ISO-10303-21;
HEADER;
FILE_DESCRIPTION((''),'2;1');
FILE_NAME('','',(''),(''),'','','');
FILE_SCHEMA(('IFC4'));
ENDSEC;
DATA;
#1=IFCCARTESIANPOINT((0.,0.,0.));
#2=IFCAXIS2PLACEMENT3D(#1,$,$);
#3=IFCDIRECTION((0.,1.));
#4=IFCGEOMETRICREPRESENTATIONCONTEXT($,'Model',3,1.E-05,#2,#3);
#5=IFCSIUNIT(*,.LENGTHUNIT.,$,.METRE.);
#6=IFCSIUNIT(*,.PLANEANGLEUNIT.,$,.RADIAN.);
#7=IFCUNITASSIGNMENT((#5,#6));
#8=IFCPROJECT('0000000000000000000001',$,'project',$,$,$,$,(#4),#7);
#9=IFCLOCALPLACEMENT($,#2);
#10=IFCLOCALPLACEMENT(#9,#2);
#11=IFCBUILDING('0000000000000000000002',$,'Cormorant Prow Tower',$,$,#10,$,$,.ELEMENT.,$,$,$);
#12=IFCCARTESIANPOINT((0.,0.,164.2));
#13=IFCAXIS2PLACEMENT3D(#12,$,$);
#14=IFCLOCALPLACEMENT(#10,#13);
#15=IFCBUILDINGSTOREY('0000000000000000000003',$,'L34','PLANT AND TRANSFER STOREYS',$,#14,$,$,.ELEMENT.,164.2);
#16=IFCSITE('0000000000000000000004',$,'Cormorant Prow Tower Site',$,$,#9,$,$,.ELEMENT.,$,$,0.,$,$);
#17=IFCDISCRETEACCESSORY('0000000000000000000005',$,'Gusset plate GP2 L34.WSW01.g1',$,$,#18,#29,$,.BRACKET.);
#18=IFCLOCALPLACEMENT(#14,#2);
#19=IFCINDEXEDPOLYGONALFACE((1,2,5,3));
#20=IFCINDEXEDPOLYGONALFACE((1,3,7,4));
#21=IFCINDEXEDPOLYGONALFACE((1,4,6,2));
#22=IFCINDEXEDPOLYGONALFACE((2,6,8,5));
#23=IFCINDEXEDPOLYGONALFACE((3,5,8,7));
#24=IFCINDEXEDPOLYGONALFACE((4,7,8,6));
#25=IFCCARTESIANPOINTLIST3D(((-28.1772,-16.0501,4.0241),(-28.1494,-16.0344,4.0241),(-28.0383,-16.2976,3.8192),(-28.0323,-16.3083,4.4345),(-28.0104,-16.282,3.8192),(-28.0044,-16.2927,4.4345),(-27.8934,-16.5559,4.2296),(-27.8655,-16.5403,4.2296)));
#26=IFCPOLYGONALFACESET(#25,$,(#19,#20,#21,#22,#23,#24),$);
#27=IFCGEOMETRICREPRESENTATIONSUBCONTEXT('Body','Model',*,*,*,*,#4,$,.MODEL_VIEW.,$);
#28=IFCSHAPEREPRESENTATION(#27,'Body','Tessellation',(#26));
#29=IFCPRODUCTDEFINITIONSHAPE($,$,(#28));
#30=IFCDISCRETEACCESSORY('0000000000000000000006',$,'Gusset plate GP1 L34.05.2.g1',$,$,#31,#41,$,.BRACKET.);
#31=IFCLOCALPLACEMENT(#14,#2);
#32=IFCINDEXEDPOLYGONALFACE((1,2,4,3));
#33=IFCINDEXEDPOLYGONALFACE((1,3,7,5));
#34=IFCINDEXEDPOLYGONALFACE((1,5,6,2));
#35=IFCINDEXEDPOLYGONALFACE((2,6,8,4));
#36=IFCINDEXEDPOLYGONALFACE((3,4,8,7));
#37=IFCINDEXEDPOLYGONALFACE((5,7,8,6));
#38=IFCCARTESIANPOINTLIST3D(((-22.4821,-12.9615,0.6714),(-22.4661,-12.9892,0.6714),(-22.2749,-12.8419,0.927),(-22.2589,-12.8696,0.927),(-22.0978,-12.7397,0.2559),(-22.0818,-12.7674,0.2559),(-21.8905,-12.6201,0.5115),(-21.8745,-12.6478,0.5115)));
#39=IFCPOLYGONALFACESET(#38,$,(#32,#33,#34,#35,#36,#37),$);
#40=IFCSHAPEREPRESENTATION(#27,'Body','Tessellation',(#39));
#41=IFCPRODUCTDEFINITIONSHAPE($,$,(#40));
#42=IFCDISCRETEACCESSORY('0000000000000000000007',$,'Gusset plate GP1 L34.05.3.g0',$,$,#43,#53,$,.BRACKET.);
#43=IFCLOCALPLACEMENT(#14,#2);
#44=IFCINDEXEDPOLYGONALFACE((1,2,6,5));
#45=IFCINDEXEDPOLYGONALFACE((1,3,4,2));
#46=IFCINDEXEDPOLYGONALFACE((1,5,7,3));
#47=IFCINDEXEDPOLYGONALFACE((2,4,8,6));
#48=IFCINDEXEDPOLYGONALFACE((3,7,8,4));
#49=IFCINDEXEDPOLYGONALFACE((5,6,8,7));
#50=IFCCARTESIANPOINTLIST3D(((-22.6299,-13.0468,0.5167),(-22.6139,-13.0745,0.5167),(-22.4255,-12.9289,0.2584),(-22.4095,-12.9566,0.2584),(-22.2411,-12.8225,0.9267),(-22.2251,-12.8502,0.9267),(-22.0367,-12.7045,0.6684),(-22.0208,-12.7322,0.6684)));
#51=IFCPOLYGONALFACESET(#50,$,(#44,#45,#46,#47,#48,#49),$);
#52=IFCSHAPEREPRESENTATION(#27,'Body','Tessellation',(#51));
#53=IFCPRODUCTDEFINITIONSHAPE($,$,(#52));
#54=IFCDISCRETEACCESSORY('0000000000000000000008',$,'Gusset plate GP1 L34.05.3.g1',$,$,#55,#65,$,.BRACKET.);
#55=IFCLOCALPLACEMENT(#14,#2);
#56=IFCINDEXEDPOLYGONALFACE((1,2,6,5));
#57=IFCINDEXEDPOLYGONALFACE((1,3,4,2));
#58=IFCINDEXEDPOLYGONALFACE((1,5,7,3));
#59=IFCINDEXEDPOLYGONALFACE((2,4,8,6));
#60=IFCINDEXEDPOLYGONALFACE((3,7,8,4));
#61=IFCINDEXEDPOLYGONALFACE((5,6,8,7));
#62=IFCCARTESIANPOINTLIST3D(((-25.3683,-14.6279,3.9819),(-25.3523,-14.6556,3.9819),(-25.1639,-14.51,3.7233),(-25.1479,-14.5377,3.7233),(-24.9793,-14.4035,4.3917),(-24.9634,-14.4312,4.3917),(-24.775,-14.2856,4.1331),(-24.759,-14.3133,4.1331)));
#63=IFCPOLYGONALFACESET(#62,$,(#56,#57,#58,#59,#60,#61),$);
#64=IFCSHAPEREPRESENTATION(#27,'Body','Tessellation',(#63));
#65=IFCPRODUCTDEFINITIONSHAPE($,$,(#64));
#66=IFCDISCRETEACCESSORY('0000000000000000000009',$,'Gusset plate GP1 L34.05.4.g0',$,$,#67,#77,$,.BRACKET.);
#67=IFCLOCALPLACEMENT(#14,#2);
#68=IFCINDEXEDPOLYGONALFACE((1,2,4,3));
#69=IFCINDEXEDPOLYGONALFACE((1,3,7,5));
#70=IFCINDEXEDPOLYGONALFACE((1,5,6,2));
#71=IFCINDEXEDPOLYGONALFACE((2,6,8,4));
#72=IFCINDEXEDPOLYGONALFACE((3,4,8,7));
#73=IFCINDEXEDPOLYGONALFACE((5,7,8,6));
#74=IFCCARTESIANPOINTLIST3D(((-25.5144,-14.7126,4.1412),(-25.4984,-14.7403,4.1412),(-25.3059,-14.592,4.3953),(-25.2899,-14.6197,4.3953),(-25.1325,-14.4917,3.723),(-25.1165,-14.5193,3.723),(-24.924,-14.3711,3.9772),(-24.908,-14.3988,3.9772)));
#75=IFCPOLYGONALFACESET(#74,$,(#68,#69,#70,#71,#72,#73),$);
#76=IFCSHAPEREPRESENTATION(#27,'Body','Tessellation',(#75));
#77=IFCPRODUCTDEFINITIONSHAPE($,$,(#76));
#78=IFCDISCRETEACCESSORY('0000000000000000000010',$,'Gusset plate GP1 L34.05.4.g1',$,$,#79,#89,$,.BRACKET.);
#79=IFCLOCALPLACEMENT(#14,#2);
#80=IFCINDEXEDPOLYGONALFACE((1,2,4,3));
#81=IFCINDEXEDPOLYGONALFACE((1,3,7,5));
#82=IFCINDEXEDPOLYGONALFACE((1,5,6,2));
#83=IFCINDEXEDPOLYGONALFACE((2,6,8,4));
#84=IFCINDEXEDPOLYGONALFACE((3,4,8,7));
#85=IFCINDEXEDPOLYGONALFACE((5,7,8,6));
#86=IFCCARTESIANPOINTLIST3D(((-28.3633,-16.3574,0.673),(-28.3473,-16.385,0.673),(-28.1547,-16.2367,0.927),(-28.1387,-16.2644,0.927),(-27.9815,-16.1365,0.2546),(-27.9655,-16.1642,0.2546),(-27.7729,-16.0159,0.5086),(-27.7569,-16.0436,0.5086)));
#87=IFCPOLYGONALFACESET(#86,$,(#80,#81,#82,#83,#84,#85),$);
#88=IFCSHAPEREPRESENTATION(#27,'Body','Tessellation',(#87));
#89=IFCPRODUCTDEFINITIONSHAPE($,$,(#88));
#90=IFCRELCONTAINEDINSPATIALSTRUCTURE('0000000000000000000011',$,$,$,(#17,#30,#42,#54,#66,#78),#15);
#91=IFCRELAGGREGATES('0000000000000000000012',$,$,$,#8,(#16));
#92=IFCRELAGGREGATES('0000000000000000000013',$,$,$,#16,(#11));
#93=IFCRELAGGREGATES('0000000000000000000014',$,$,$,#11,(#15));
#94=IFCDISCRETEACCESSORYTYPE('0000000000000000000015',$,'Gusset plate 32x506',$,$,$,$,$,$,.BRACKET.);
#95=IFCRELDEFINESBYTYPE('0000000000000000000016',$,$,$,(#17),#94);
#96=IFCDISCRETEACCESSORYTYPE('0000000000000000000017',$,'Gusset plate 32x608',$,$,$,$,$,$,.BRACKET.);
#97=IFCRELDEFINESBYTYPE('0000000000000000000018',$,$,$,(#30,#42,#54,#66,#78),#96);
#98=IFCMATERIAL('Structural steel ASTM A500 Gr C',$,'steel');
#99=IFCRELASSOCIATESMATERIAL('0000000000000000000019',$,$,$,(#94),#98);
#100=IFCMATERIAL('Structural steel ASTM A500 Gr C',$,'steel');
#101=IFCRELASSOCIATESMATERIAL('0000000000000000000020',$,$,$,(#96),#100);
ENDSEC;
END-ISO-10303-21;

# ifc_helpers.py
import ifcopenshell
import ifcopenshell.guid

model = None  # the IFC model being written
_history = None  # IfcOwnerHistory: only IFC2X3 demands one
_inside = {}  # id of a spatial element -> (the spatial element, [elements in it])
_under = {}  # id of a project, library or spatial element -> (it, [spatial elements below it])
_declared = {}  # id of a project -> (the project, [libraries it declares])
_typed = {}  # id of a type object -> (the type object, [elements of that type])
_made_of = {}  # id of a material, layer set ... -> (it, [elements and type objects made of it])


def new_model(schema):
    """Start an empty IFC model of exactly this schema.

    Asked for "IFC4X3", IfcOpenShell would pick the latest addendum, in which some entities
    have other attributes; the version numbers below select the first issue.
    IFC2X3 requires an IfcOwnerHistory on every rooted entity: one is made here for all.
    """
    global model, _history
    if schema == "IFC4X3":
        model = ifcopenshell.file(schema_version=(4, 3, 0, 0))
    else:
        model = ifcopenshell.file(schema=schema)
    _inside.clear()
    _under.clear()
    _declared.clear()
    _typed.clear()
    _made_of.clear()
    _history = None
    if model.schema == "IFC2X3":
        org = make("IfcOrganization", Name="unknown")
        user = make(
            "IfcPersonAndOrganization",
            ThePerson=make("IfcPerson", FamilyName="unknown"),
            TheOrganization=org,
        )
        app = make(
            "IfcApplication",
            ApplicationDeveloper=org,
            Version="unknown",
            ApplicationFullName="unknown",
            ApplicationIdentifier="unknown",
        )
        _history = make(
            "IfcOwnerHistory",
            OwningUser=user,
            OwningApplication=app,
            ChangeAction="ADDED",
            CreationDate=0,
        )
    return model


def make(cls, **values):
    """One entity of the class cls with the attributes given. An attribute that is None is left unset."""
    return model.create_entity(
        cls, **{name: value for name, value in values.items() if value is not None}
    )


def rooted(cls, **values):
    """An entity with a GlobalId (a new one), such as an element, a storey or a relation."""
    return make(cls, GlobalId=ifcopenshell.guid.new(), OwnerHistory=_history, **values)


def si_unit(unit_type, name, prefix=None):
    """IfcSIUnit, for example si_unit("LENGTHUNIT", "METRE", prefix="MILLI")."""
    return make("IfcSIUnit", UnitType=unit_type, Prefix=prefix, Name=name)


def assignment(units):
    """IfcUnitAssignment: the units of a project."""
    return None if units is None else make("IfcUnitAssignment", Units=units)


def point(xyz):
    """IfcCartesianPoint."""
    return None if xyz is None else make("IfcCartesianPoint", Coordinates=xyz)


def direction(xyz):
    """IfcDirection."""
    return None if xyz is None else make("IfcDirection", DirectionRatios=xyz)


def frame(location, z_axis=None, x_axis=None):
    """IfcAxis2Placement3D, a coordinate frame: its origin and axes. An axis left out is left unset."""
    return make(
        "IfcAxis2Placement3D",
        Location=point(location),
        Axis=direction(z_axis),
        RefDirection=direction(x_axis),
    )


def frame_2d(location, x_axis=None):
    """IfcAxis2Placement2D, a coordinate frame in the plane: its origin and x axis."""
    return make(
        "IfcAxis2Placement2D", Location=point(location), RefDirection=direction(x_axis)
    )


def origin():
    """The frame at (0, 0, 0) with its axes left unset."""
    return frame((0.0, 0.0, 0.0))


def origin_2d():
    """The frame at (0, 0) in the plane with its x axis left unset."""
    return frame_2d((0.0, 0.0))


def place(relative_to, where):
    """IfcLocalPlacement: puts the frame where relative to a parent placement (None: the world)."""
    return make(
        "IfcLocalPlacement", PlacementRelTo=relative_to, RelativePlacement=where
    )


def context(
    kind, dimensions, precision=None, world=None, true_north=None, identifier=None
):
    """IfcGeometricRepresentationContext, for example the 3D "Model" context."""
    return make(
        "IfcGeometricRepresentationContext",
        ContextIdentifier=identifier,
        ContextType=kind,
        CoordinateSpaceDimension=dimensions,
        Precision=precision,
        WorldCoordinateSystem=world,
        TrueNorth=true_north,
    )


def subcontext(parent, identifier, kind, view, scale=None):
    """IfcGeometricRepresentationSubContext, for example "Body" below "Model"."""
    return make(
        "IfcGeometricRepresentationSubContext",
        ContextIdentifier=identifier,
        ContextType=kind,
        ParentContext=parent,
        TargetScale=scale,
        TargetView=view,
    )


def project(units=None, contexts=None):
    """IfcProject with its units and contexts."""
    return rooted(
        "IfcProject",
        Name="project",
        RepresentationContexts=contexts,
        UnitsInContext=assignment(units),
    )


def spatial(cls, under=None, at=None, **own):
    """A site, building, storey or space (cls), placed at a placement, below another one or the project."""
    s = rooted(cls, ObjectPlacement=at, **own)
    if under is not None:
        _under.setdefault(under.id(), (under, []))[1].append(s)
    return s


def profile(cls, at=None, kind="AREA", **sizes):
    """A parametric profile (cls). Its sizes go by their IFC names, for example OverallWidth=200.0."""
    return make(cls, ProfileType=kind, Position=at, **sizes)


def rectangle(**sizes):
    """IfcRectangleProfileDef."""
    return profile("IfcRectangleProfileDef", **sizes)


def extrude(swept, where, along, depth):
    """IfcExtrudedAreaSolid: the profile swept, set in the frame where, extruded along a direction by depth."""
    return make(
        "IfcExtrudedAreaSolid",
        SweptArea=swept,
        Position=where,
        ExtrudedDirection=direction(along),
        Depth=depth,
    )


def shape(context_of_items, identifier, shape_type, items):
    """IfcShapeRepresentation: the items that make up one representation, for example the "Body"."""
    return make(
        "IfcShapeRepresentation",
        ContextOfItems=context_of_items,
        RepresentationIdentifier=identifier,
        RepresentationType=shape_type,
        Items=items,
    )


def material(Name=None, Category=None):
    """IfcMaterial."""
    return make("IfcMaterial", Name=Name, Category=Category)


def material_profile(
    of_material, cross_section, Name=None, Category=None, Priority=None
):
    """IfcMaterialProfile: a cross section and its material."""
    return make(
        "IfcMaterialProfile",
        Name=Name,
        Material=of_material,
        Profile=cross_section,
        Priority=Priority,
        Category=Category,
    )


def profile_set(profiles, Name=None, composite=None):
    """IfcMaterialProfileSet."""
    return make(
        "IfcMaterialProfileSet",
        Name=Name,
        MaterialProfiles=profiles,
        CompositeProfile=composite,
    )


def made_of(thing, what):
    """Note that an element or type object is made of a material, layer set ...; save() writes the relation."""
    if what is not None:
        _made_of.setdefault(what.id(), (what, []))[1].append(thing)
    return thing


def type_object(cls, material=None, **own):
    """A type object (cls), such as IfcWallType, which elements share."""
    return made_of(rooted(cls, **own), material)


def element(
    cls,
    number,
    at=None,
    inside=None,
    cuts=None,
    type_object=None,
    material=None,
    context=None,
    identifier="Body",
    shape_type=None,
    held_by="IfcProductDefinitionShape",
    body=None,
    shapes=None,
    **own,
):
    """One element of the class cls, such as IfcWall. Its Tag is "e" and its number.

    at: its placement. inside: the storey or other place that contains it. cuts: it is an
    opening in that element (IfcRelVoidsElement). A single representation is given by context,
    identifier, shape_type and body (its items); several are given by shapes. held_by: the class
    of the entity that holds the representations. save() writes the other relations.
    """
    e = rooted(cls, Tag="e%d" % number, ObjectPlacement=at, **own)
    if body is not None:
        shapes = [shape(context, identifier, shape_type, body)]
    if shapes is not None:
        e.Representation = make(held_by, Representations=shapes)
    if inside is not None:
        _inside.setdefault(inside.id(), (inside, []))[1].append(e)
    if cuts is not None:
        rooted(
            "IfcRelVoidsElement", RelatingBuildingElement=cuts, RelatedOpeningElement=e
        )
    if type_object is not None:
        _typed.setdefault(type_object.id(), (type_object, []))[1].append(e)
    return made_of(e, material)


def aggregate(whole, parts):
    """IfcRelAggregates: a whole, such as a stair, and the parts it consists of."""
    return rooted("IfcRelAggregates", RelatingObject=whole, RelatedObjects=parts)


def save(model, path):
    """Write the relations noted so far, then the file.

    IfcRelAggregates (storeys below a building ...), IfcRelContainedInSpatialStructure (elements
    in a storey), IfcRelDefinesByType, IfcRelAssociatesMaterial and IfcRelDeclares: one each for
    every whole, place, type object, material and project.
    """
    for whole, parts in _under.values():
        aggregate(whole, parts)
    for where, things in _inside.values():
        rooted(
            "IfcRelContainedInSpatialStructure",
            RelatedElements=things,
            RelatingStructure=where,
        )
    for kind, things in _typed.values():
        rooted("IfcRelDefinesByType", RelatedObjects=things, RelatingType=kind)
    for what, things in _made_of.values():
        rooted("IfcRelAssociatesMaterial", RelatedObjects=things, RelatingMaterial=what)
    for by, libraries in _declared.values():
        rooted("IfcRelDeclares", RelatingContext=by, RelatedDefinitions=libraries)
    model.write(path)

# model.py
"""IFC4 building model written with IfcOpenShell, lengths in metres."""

from ifc_helpers import new_model, si_unit, direction, frame, origin, origin_2d, place, context, subcontext, project, spatial, rectangle, extrude, material, material_profile, profile_set, type_object, element, save


model = new_model("IFC4")

# Units and contexts
model_context = context("Model", 3, precision=1e-05, world=origin(), true_north=direction((0.0, 1.0)))
body_context = subcontext(model_context, "Body", "Model", "MODEL_VIEW")
ifc_project = project(units=[si_unit("LENGTHUNIT", "METRE"), si_unit("PLANEANGLEUNIT", "RADIAN")], contexts=[model_context])

# Site, building, storey
site_placement = place(None, origin())
site = spatial("IfcSite", under=ifc_project, at=site_placement, Name="Cormorant Prow Tower Site", CompositionType="ELEMENT", RefElevation=0.0)
building_placement = place(site_placement, origin())
building = spatial("IfcBuilding", under=site, at=building_placement, Name="Cormorant Prow Tower", CompositionType="ELEMENT")
storey_placement = place(building_placement, frame((0.0, 0.0, 164.2)))
storey = spatial("IfcBuildingStorey", under=building, at=storey_placement, Name="L34", Description="PLANT AND TRANSFER STOREYS", CompositionType="ELEMENT", Elevation=164.2)

# Discrete accessories
ifc_material_1 = material(Name="Structural steel ASTM A500 Gr C", Category="steel")
ifc_material_profile_1 = material_profile(ifc_material_1, rectangle(XDim=0.032, YDim=0.5061, at=origin_2d()), Name="Gusset plate 32x506")
ifc_profile_set_1 = profile_set([ifc_material_profile_1], Name="Structural steel ASTM A500 Gr C")
discrete_accessory_type_1 = type_object("IfcDiscreteAccessoryType", Name="Gusset plate 32x506", PredefinedType="BRACKET", material=ifc_profile_set_1)
for number, where, z_axis, x_axis, name in (
    (1, (-27.9519, -16.4189, 4.0244), (-0.396838, 0.707195, 0.585145), (-0.87208, -0.489363, 0.0), "Gusset plate GP2 L34.WSW01.g1"),
):
    element("IfcDiscreteAccessory", number, at=place(storey_placement, frame(where, z_axis=z_axis, x_axis=x_axis)), inside=storey, type_object=discrete_accessory_type_1, Name=name, PredefinedType="BRACKET", context=body_context, shape_type="SweptSolid", body=[
        extrude(rectangle(XDim=0.032, YDim=0.5061, at=origin_2d()), origin(), (0.0, 0.0, 1.0), 0.3501),
    ])
ifc_material_2 = material(Name="Structural steel ASTM A500 Gr C", Category="steel")
ifc_material_profile_2 = material_profile(ifc_material_2, rectangle(XDim=0.032, YDim=0.6079, at=origin_2d()), Name="Gusset plate 32x608")
ifc_profile_set_2 = profile_set([ifc_material_profile_2], Name="Structural steel ASTM A500 Gr C")
discrete_accessory_type_2 = type_object("IfcDiscreteAccessoryType", Name="Gusset plate 32x608", PredefinedType="BRACKET", material=ifc_profile_set_2)
discrete_accessory_1_placement = place(storey_placement, frame((-22.0747, -12.7449, 0.7192), z_axis=(-0.591942, -0.341639, -0.729992), x_axis=(0.49987, -0.866101, 0.0)))
element("IfcDiscreteAccessory", 2, at=discrete_accessory_1_placement, inside=storey, type_object=discrete_accessory_type_2, Name="Gusset plate GP1 L34.05.2.g1", PredefinedType="BRACKET", context=body_context, shape_type="SweptSolid", body=[
    extrude(rectangle(XDim=0.032, YDim=0.6079, at=origin_2d()), origin(), (0.0, 0.0, 1.0), 0.3501),
])
discrete_accessory_2_placement = place(storey_placement, frame((-22.4275, -12.9485, 0.7217), z_axis=(0.584127, 0.337077, -0.738359), x_axis=(-0.499812, 0.866134, 0.0)))
element("IfcDiscreteAccessory", 3, at=discrete_accessory_2_placement, inside=storey, type_object=discrete_accessory_type_2, Name="Gusset plate GP1 L34.05.3.g0", PredefinedType="BRACKET", context=body_context, shape_type="SweptSolid", body=[
    extrude(rectangle(XDim=0.032, YDim=0.6079, at=origin_2d()), origin(), (0.0, 0.0, 1.0), 0.3499),
])
for number, where, z_axis, x_axis, name in (
    (4, (-24.9614, -14.4116, 3.9282), (-0.583826, -0.336903, 0.738676), (0.499812, -0.866134, 0.0), "Gusset plate GP1 L34.05.3.g1"),
    (5, (-25.3154, -14.616, 3.9321), (0.595439, 0.344434, 0.725822), (-0.500717, 0.865611, 0.0), "Gusset plate GP1 L34.05.4.g0"),
    (6, (-27.9558, -16.1401, 0.7178), (-0.59574, -0.344609, -0.725492), (0.500717, -0.865611, 0.0), "Gusset plate GP1 L34.05.4.g1"),
):
    element("IfcDiscreteAccessory", number, at=place(storey_placement, frame(where, z_axis=z_axis, x_axis=x_axis)), inside=storey, type_object=discrete_accessory_type_2, Name=name, PredefinedType="BRACKET", context=body_context, shape_type="SweptSolid", body=[
        extrude(rectangle(XDim=0.032, YDim=0.6079, at=origin_2d()), origin(), (0.0, 0.0, 1.0), 0.3501),
    ])

save(model, "model.ifc")
